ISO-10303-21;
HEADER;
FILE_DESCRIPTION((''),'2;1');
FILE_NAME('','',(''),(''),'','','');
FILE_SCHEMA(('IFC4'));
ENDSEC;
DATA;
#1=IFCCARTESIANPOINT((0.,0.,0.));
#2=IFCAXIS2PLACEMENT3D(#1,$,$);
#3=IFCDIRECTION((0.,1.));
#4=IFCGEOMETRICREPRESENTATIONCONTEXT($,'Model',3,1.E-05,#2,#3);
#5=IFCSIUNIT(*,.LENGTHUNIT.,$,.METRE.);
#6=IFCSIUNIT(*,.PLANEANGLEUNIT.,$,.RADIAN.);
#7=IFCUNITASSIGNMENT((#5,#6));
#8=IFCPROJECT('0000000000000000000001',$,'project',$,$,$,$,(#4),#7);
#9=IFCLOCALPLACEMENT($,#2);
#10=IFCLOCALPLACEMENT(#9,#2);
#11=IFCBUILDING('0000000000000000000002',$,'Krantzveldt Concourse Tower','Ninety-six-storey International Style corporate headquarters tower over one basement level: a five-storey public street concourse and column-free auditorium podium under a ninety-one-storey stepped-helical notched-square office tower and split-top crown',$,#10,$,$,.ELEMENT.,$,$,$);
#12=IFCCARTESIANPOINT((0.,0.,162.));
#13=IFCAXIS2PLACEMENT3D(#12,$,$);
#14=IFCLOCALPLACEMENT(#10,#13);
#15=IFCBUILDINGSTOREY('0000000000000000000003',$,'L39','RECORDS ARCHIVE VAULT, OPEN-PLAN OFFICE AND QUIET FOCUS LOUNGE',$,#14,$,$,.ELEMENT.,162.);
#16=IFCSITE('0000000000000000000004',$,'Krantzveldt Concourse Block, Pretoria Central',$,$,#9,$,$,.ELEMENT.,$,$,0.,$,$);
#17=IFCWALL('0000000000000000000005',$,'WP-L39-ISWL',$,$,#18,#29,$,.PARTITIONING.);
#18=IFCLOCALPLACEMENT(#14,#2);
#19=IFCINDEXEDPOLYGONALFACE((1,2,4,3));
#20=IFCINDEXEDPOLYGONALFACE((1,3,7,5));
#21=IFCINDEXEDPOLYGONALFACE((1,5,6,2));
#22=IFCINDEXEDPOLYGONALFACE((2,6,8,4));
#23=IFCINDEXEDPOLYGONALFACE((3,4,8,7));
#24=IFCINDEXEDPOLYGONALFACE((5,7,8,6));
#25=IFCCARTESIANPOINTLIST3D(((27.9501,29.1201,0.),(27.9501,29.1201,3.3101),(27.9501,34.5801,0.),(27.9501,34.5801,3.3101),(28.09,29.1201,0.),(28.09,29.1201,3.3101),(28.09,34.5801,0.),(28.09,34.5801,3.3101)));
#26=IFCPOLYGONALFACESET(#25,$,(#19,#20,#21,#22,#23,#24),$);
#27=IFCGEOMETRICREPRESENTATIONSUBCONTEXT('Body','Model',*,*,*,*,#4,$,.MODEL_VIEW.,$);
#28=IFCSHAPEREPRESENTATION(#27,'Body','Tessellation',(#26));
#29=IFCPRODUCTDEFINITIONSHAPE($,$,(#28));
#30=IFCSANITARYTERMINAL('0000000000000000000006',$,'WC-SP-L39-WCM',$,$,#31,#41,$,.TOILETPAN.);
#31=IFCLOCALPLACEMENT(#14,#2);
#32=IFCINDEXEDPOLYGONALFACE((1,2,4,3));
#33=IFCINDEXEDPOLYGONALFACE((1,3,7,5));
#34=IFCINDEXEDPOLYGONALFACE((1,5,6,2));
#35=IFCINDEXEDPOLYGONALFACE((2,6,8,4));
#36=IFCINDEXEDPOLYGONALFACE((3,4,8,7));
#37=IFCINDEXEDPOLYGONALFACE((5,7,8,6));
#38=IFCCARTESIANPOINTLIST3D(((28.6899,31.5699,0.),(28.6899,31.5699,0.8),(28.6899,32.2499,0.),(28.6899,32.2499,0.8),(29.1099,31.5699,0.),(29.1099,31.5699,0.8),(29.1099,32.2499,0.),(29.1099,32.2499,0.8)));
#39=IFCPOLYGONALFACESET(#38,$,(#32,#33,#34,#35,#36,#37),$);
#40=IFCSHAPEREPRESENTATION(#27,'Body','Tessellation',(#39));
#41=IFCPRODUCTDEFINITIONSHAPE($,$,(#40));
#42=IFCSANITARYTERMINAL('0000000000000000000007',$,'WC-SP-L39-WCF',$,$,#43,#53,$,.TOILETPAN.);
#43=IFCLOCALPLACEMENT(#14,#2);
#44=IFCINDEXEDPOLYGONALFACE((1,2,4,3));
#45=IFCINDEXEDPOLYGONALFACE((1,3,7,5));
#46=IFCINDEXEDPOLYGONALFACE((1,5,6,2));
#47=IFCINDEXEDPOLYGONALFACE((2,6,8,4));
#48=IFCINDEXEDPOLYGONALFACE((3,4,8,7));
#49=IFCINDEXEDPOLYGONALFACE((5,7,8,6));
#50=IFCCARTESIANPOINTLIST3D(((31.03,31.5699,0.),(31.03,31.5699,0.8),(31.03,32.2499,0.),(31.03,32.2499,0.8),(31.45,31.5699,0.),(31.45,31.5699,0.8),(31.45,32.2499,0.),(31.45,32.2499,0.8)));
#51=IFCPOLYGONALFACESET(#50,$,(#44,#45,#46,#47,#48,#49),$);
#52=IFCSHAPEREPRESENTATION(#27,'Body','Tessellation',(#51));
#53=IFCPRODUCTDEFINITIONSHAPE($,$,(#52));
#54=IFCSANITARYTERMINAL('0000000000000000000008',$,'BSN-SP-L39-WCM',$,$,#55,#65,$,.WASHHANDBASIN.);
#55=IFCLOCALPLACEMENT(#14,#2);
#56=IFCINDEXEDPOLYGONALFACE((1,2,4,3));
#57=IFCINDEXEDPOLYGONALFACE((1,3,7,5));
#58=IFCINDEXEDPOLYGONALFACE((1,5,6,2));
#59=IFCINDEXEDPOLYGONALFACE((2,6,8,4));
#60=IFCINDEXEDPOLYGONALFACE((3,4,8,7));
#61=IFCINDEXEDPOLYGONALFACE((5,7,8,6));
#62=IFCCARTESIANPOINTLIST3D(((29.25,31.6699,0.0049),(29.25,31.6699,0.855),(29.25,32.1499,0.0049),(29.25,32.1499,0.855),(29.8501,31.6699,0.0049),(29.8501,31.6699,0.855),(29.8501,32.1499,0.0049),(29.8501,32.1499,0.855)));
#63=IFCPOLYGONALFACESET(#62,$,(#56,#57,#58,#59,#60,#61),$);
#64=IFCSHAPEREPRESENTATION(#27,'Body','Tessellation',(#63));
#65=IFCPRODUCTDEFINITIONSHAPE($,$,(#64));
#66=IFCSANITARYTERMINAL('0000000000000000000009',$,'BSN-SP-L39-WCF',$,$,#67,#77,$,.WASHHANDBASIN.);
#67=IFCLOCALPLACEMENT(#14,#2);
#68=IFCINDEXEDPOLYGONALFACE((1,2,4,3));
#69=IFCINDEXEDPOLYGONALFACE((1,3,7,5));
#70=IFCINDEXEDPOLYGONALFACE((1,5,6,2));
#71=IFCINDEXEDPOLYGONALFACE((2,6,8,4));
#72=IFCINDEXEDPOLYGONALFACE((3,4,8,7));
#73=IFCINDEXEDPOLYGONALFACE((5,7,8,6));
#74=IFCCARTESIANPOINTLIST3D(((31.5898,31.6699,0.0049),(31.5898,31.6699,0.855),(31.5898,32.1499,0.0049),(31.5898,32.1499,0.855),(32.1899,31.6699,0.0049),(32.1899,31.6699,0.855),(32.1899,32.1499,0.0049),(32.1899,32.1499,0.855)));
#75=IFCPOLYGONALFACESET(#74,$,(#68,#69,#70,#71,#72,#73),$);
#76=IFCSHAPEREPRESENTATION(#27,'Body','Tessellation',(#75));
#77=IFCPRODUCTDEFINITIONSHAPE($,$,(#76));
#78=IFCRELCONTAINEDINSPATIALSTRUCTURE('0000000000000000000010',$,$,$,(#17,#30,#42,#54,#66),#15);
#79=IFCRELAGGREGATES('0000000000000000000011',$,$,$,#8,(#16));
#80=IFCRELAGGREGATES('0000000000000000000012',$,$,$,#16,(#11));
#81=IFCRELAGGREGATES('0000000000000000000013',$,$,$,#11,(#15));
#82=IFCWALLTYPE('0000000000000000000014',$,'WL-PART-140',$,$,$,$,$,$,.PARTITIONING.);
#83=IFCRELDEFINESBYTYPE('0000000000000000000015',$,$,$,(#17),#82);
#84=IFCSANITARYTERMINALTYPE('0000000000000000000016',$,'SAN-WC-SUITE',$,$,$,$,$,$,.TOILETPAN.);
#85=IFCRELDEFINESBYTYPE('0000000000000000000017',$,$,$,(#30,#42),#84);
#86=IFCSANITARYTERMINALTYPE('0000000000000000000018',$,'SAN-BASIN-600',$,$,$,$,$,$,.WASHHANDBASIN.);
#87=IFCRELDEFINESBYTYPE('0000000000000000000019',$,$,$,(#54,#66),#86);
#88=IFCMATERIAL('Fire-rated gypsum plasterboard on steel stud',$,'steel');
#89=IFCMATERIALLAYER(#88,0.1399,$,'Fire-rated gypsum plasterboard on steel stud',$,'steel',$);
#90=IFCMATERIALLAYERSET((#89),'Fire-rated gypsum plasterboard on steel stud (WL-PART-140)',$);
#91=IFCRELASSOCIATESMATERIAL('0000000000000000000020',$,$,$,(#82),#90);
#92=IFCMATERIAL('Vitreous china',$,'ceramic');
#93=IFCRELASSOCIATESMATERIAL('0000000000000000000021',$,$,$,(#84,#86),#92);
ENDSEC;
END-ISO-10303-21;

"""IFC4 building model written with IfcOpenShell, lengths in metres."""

from ifc_helpers import new_model, si_unit, direction, frame, frame_2d, origin, origin_2d, place, context, subcontext, project, spatial, rectangle, extrude, source, transform, mapped, material, layer, layer_set, type_object, type_shapes, element, save


model = new_model("IFC4")

# Units and contexts
model_context = context("Model", 3, precision=1e-05, world=origin(), true_north=direction((0.0, 1.0)))
body_context = subcontext(model_context, "Body", "Model", "MODEL_VIEW")
ifc_project = project(units=[si_unit("LENGTHUNIT", "METRE"), si_unit("PLANEANGLEUNIT", "RADIAN")], contexts=[model_context])

# Site, building, storey
site_placement = place(None, origin())
site = spatial("IfcSite", under=ifc_project, at=site_placement, Name="Krantzveldt Concourse Block, Pretoria Central", CompositionType="ELEMENT", RefElevation=0.0)
building_placement = place(site_placement, origin())
building = spatial("IfcBuilding", under=site, at=building_placement, Name="Krantzveldt Concourse Tower", Description="Ninety-six-storey International Style corporate headquarters tower over one basement level: a five-storey public street concourse and column-free auditorium podium under a ninety-one-storey stepped-helical notched-square office tower and split-top crown", CompositionType="ELEMENT")
storey_placement = place(building_placement, frame((0.0, 0.0, 162.0)))
storey = spatial("IfcBuildingStorey", under=building, at=storey_placement, Name="L39", Description="RECORDS ARCHIVE VAULT, OPEN-PLAN OFFICE AND QUIET FOCUS LOUNGE", CompositionType="ELEMENT", Elevation=162.0)

# Shared definitions
ifc_material_1 = material(Name="Fire-rated gypsum plasterboard on steel stud", Category="steel")

# Wall
ifc_layer_1 = layer(ifc_material_1, 0.1399, Name="Fire-rated gypsum plasterboard on steel stud", Category="steel")
ifc_layer_set_1 = layer_set([ifc_layer_1], Name="Fire-rated gypsum plasterboard on steel stud (WL-PART-140)")
wall_type_1 = type_object("IfcWallType", Name="WL-PART-140", PredefinedType="PARTITIONING", material=ifc_layer_set_1)
wall_1_placement = place(storey_placement, frame((28.02, 29.1201, 0.0), z_axis=(0.0, 0.0, 1.0), x_axis=(0.0, 1.0, 0.0)))
element("IfcWall", 1, at=wall_1_placement, inside=storey, type_object=wall_type_1, Name="WP-L39-ISWL", PredefinedType="PARTITIONING", context=body_context, shape_type="SweptSolid", body=[
    extrude(rectangle(XDim=5.46, YDim=0.1399, at=frame_2d((2.73, 0.0))), origin(), (0.0, 0.0, 1.0), 3.3101),
])

# Sanitary terminals
ifc_material_2 = material(Name="Vitreous china", Category="ceramic")
sanitary_terminal_type_1 = type_object("IfcSanitaryTerminalType", Name="SAN-WC-SUITE", PredefinedType="TOILETPAN", material=ifc_material_2)
shared_shape_1 = source(origin(), body_context, "Body", "SweptSolid", [
    extrude(rectangle(XDim=0.4199, YDim=0.6799, at=origin_2d()), origin(), (0.0, 0.0, 1.0), 0.8),
])
type_shapes(sanitary_terminal_type_1, [shared_shape_1])
for number, where, z_axis, x_axis, name in (
    (2, (28.8999, 31.9099, 0.0), (0.0, 0.0, 1.0), (1.0, 0.0, 0.0), "WC-SP-L39-WCM"),
    (3, (31.24, 31.9099, 0.0), (0.0, 0.0, 1.0), (1.0, 0.0, 0.0), "WC-SP-L39-WCF"),
):
    element("IfcSanitaryTerminal", number, at=place(storey_placement, frame(where, z_axis=z_axis, x_axis=x_axis)), inside=storey, type_object=sanitary_terminal_type_1, Name=name, PredefinedType="TOILETPAN", context=body_context, shape_type="MappedRepresentation", body=[
        mapped(shared_shape_1, transform((0.0, 0.0, 0.0), x_axis=(1.0, 0.0, 0.0), y_axis=(0.0, 1.0, 0.0), z_axis=(0.0, 0.0, 1.0), scale=1.0)),
    ])
sanitary_terminal_type_2 = type_object("IfcSanitaryTerminalType", Name="SAN-BASIN-600", PredefinedType="WASHHANDBASIN", material=ifc_material_2)
shared_shape_2 = source(origin(), body_context, "Body", "SweptSolid", [
    extrude(rectangle(XDim=0.6001, YDim=0.48, at=origin_2d()), origin(), (0.0, 0.0, 1.0), 0.8501),
])
type_shapes(sanitary_terminal_type_2, [shared_shape_2])
for number, where, z_axis, x_axis, name in (
    (4, (29.55, 31.9099, 0.0049), (0.0, 0.0, 1.0), (1.0, 0.0, 0.0), "BSN-SP-L39-WCM"),
    (5, (31.8899, 31.9099, 0.0049), (0.0, 0.0, 1.0), (1.0, 0.0, 0.0), "BSN-SP-L39-WCF"),
):
    element("IfcSanitaryTerminal", number, at=place(storey_placement, frame(where, z_axis=z_axis, x_axis=x_axis)), inside=storey, type_object=sanitary_terminal_type_2, Name=name, PredefinedType="WASHHANDBASIN", context=body_context, shape_type="MappedRepresentation", body=[
        mapped(shared_shape_2, transform((0.0, 0.0, 0.0), x_axis=(1.0, 0.0, 0.0), y_axis=(0.0, 1.0, 0.0), z_axis=(0.0, 0.0, 1.0), scale=1.0)),
    ])

save(model, "model.ifc")
